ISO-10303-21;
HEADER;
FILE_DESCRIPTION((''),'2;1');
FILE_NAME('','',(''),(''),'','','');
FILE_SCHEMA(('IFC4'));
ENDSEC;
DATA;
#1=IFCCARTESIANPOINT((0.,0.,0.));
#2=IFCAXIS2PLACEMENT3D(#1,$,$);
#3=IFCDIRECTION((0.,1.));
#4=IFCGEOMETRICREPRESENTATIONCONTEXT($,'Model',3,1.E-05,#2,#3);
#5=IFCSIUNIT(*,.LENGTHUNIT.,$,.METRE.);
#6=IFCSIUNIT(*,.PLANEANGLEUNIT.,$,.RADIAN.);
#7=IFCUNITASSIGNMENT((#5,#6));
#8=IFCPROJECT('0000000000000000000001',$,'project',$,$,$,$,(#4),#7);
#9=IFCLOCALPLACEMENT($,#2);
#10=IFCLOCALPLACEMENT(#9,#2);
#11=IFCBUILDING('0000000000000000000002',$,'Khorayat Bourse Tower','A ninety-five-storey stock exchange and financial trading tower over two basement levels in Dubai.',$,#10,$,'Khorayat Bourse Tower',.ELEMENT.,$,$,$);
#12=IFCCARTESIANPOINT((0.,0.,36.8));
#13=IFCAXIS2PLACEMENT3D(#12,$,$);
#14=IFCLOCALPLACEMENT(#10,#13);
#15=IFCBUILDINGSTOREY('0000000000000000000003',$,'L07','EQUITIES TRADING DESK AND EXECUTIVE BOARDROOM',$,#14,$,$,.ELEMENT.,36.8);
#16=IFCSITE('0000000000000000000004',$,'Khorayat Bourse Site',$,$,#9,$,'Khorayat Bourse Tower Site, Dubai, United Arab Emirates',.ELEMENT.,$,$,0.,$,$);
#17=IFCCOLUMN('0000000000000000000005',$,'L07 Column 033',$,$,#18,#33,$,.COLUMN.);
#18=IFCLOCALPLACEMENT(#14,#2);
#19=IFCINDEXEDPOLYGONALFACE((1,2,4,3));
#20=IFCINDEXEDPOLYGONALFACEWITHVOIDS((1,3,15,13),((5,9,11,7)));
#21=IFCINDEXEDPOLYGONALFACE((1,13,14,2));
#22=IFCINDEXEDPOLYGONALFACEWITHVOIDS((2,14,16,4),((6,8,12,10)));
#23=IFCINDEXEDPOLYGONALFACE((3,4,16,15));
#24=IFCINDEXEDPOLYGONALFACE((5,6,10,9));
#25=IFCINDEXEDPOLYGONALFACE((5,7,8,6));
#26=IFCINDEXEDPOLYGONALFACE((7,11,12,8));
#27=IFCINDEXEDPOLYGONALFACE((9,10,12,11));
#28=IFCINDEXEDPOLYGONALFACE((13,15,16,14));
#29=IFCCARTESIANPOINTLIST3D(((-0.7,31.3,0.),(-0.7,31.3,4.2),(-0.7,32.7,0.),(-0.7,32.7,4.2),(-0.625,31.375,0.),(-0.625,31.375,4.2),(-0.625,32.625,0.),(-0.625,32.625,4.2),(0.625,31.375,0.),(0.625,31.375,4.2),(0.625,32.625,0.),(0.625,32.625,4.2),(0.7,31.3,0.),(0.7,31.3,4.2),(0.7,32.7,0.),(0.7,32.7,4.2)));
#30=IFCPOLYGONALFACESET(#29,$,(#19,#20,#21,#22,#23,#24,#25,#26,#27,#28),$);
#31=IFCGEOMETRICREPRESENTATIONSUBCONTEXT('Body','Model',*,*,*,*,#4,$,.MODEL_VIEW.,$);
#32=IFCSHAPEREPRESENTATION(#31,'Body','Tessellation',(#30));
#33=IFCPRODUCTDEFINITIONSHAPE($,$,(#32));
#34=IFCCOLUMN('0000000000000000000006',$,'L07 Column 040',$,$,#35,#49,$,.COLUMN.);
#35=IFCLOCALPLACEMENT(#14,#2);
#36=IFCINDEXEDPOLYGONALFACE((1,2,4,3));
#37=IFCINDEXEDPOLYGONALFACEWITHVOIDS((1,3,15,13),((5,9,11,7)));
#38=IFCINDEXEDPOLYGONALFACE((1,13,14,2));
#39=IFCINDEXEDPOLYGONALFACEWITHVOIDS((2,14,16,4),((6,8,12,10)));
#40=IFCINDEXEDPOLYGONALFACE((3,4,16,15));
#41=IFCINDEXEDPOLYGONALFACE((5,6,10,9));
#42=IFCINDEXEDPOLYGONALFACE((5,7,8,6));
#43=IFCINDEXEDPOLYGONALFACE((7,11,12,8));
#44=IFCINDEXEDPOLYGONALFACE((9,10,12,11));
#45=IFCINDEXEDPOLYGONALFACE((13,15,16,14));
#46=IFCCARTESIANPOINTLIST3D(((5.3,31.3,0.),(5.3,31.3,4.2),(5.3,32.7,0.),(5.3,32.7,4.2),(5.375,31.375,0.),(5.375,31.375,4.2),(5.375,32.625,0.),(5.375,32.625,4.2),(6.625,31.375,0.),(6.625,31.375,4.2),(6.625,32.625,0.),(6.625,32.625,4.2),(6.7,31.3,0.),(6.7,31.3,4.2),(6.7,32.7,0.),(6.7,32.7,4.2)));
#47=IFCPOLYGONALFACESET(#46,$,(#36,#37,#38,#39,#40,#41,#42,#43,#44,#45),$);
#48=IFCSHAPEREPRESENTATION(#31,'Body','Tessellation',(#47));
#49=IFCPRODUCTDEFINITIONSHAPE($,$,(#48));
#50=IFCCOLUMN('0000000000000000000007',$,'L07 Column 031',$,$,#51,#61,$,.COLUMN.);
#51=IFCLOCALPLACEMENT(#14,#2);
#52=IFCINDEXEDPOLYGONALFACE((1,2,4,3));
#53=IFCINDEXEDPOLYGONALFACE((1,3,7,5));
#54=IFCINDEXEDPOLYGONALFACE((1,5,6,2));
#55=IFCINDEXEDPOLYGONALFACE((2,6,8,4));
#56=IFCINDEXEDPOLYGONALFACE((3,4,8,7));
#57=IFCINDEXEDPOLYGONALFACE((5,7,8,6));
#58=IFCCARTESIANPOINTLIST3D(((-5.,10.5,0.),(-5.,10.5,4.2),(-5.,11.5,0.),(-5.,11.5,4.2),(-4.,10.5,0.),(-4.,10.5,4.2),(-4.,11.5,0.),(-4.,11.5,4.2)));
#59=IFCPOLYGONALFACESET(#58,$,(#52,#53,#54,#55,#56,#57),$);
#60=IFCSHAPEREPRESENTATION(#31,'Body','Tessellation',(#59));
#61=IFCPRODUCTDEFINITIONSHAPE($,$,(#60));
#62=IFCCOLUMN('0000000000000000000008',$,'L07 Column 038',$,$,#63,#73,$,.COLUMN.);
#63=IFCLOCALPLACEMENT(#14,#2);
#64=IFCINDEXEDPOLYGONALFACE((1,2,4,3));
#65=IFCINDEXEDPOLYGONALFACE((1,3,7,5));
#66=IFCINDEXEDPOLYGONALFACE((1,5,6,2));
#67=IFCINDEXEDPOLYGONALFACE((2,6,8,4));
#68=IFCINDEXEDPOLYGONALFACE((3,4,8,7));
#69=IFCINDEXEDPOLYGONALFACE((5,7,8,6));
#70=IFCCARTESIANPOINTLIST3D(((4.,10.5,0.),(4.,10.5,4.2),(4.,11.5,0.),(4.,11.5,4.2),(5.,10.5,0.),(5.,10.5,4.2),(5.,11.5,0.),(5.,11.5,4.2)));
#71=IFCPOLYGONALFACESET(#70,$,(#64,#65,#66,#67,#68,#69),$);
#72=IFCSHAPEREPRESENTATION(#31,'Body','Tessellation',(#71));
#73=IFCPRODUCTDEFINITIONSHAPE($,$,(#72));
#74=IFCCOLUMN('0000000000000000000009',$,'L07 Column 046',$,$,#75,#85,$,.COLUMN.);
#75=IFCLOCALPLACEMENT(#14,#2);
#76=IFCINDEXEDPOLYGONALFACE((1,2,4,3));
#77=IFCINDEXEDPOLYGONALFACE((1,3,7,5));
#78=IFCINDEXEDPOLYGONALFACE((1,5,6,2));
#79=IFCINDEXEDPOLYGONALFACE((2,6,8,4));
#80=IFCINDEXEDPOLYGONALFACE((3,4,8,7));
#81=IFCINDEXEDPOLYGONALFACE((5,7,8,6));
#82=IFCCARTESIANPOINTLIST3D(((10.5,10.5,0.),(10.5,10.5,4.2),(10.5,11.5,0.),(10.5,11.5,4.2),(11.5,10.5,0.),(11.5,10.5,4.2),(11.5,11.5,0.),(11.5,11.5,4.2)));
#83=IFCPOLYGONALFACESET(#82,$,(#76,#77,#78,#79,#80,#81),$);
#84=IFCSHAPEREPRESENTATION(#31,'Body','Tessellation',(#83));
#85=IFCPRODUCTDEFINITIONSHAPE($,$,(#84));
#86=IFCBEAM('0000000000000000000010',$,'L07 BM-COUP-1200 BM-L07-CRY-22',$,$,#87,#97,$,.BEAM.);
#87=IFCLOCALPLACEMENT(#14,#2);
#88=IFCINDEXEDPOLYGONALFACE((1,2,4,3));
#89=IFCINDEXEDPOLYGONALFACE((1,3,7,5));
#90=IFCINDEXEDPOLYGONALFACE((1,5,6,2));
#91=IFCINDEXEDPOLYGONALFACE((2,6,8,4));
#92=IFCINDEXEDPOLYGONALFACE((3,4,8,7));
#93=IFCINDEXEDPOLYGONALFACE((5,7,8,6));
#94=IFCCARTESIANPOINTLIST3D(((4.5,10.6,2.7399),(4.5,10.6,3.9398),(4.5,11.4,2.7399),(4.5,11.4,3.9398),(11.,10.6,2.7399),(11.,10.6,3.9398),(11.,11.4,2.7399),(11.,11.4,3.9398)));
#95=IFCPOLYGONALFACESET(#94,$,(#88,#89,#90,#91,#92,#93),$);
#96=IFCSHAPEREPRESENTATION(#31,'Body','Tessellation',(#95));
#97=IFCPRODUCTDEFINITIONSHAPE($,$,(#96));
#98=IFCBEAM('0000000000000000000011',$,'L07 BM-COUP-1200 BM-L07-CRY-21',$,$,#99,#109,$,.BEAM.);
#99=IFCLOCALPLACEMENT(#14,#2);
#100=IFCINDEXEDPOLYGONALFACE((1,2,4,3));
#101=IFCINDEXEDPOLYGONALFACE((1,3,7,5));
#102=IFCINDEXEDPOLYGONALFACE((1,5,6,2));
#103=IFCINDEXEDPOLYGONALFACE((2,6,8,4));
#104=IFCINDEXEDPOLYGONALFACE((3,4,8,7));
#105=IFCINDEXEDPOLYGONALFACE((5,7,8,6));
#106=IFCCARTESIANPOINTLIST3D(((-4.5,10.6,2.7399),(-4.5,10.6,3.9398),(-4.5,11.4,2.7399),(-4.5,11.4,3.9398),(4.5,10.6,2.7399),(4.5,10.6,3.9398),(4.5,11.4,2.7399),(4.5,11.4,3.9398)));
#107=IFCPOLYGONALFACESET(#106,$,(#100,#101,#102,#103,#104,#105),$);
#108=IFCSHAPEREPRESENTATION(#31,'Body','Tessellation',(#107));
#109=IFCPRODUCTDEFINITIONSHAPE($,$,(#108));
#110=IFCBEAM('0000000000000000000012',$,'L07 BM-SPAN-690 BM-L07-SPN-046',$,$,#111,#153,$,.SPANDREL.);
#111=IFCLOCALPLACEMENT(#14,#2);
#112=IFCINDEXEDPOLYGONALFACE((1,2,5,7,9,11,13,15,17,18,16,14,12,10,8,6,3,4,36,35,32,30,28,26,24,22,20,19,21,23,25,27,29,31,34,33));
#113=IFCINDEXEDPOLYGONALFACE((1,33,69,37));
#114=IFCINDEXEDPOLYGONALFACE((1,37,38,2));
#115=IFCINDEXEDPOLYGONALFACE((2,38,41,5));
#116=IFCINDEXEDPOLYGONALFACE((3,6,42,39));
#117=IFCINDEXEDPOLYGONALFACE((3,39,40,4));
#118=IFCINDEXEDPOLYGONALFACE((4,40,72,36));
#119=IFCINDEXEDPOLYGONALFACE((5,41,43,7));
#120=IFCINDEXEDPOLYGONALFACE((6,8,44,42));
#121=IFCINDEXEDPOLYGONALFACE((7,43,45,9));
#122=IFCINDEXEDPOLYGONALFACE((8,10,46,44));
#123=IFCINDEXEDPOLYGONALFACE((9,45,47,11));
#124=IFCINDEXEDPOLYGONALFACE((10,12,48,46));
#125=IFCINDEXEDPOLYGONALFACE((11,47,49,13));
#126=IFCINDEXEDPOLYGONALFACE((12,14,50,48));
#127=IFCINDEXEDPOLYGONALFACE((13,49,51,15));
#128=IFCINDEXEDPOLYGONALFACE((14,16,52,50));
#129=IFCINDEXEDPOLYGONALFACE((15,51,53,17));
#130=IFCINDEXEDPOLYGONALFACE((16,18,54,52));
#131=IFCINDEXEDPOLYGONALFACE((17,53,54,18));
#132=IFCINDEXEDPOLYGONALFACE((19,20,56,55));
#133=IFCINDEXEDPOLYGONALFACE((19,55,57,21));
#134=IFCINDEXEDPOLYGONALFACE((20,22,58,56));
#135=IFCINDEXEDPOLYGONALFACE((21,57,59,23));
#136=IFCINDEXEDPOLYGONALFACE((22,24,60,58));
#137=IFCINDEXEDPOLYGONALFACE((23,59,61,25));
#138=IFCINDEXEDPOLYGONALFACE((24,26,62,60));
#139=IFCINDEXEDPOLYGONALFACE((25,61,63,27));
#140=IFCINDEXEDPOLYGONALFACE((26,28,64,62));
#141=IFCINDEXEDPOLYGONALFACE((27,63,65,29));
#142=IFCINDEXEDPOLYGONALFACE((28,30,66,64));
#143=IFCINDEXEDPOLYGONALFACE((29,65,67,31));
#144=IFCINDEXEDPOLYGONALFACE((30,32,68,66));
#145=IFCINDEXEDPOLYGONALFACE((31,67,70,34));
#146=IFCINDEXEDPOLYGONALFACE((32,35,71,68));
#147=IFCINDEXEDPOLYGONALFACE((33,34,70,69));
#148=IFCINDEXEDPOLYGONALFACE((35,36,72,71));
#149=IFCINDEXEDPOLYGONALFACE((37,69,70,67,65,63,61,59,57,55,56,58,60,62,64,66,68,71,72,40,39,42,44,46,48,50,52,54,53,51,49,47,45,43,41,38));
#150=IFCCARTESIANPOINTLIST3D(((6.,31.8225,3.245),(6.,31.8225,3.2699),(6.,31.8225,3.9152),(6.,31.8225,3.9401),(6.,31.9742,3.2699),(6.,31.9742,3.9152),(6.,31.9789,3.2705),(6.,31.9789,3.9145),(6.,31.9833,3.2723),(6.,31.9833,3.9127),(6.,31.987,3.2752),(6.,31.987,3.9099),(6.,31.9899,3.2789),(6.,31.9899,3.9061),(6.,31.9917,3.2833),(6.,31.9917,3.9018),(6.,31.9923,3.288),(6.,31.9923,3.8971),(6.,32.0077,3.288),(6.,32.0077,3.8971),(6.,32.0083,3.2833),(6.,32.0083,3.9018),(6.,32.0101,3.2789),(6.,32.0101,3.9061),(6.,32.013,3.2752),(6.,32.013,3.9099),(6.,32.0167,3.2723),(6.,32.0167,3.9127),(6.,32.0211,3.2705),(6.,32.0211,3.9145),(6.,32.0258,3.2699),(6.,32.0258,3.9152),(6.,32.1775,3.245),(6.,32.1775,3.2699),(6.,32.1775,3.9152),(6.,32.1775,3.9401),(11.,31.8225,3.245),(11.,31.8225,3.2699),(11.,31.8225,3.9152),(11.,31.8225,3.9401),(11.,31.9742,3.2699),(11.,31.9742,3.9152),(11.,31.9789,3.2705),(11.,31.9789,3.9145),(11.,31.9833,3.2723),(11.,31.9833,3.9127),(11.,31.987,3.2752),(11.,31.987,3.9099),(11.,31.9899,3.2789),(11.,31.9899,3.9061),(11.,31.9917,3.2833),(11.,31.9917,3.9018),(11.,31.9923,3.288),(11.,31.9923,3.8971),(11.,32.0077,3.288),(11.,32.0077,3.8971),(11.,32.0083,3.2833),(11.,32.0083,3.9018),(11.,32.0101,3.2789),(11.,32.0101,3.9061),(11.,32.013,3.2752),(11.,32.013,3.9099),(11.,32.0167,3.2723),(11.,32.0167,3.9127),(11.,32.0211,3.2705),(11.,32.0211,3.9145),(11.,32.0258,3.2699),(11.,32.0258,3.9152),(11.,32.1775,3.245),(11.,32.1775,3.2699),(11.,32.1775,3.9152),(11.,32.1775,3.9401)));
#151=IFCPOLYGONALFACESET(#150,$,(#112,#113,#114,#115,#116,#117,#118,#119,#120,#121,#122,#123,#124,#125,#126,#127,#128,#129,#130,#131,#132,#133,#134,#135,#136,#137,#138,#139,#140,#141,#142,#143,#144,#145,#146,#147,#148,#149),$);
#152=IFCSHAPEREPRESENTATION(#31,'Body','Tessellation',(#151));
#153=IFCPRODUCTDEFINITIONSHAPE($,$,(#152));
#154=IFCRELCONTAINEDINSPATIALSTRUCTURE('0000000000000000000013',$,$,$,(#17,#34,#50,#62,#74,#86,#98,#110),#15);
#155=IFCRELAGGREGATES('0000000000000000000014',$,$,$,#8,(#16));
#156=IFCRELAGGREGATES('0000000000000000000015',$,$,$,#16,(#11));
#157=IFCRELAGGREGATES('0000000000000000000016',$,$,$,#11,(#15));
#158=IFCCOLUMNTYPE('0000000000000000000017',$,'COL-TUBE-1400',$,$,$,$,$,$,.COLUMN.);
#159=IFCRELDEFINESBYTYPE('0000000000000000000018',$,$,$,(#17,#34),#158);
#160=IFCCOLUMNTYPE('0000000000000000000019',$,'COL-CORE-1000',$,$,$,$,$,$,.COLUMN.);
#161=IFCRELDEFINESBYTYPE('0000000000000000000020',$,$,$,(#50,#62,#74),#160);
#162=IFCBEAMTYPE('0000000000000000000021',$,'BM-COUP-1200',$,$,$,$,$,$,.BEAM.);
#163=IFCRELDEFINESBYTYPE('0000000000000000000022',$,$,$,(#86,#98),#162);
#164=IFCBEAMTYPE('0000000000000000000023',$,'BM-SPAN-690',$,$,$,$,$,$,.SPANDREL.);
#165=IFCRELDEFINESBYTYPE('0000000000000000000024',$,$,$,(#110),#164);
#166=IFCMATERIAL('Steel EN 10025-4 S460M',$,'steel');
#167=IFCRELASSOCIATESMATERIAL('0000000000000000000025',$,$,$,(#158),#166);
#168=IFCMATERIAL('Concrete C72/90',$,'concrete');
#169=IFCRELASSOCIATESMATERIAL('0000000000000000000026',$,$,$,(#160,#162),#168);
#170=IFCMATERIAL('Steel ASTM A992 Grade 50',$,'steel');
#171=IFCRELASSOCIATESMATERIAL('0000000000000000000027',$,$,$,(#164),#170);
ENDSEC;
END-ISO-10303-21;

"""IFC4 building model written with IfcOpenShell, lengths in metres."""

from ifc_helpers import new_model, si_unit, direction, frame, origin, origin_2d, place, context, subcontext, project, spatial, rectangle, hollow_rectangle, i_section, extrude, source, transform, mapped, material, material_profile, profile_set, type_object, element, save


model = new_model("IFC4")

# Units and contexts
model_context = context("Model", 3, precision=1e-05, world=origin(), true_north=direction((0.0, 1.0)))
body_context = subcontext(model_context, "Body", "Model", "MODEL_VIEW")
ifc_project = project(units=[si_unit("LENGTHUNIT", "METRE"), si_unit("PLANEANGLEUNIT", "RADIAN")], contexts=[model_context])

# Site, building, storey
site_placement = place(None, origin())
site = spatial("IfcSite", under=ifc_project, at=site_placement, Name="Khorayat Bourse Site", LongName="Khorayat Bourse Tower Site, Dubai, United Arab Emirates", CompositionType="ELEMENT", RefElevation=0.0)
building_placement = place(site_placement, origin())
building = spatial("IfcBuilding", under=site, at=building_placement, Name="Khorayat Bourse Tower", Description="A ninety-five-storey stock exchange and financial trading tower over two basement levels in Dubai.", LongName="Khorayat Bourse Tower", CompositionType="ELEMENT")
storey_placement = place(building_placement, frame((0.0, 0.0, 36.8)))
storey = spatial("IfcBuildingStorey", under=building, at=storey_placement, Name="L07", Description="EQUITIES TRADING DESK AND EXECUTIVE BOARDROOM", CompositionType="ELEMENT", Elevation=36.8)

# Columns
ifc_material_1 = material(Name="Steel EN 10025-4 S460M", Category="steel")
ifc_material_profile_1 = material_profile(ifc_material_1, hollow_rectangle(XDim=1.3999, YDim=1.3999, WallThickness=0.075, at=origin_2d()), Name="BOX 1400x1400x75")
ifc_profile_set_1 = profile_set([ifc_material_profile_1], Name="Steel EN 10025-4 S460M")
column_type_1 = type_object("IfcColumnType", Name="COL-TUBE-1400", PredefinedType="COLUMN", material=ifc_profile_set_1)
shared_shape_1 = source(origin(), body_context, "Body", "SweptSolid", [
    extrude(hollow_rectangle(XDim=1.3999, YDim=1.3999, WallThickness=0.075, at=origin_2d()), origin(), (0.0, 0.0, 1.0), 4.2),
])
for number, where, z_axis, x_axis, name in (
    (1, (0.0, 32.0, 0.0), (0.0, 0.0, 1.0), (1.0, 0.0, 0.0), "L07 Column 033"),
    (2, (6.0, 32.0, 0.0), (0.0, 0.0, 1.0), (1.0, 0.0, 0.0), "L07 Column 040"),
):
    element("IfcColumn", number, at=place(storey_placement, frame(where, z_axis=z_axis, x_axis=x_axis)), inside=storey, type_object=column_type_1, Name=name, PredefinedType="COLUMN", context=body_context, shape_type="MappedRepresentation", body=[
        mapped(shared_shape_1, transform((0.0, 0.0, 0.0), scale=1.0)),
    ])
ifc_material_2 = material(Name="Concrete C72/90", Category="concrete")
ifc_material_profile_2 = material_profile(ifc_material_2, rectangle(XDim=1.0, YDim=1.0, at=origin_2d()), Name="RC 1000x1000")
ifc_profile_set_2 = profile_set([ifc_material_profile_2], Name="Concrete C72/90")
column_type_2 = type_object("IfcColumnType", Name="COL-CORE-1000", PredefinedType="COLUMN", material=ifc_profile_set_2)
shared_shape_2 = source(origin(), body_context, "Body", "SweptSolid", [
    extrude(rectangle(XDim=1.0, YDim=1.0, at=origin_2d()), origin(), (0.0, 0.0, 1.0), 4.2),
])
for number, where, z_axis, x_axis, name in (
    (3, (-4.5, 11.0, 0.0), (0.0, 0.0, 1.0), (1.0, 0.0, 0.0), "L07 Column 031"),
    (4, (4.5, 11.0, 0.0), (0.0, 0.0, 1.0), (1.0, 0.0, 0.0), "L07 Column 038"),
    (5, (11.0, 11.0, 0.0), (0.0, 0.0, 1.0), (1.0, 0.0, 0.0), "L07 Column 046"),
):
    element("IfcColumn", number, at=place(storey_placement, frame(where, z_axis=z_axis, x_axis=x_axis)), inside=storey, type_object=column_type_2, Name=name, PredefinedType="COLUMN", context=body_context, shape_type="MappedRepresentation", body=[
        mapped(shared_shape_2, transform((0.0, 0.0, 0.0), scale=1.0)),
    ])

# Beams
ifc_material_profile_3 = material_profile(ifc_material_2, rectangle(XDim=0.8, YDim=1.2, at=origin_2d()), Name="RC 800x1200")
ifc_profile_set_3 = profile_set([ifc_material_profile_3], Name="Concrete C72/90")
beam_type_1 = type_object("IfcBeamType", Name="BM-COUP-1200", PredefinedType="BEAM", material=ifc_profile_set_3)
shared_shape_3 = source(origin(), body_context, "Body", "SweptSolid", [
    extrude(rectangle(XDim=0.8, YDim=1.2, at=origin_2d()), origin(), (0.0, 0.0, 1.0), 6.5),
])
beam_1_placement = place(storey_placement, frame((4.5, 11.0, 3.3398), z_axis=(1.0, 0.0, 0.0), x_axis=(0.0, 1.0, 0.0)))
element("IfcBeam", 6, at=beam_1_placement, inside=storey, type_object=beam_type_1, Name="L07 BM-COUP-1200 BM-L07-CRY-22", PredefinedType="BEAM", context=body_context, shape_type="MappedRepresentation", body=[
    mapped(shared_shape_3, transform((0.0, 0.0, 0.0), scale=1.0)),
])
shared_shape_4 = source(origin(), body_context, "Body", "SweptSolid", [
    extrude(rectangle(XDim=0.8, YDim=1.2, at=origin_2d()), origin(), (0.0, 0.0, 1.0), 9.0),
])
beam_2_placement = place(storey_placement, frame((-4.5, 11.0, 3.3398), z_axis=(1.0, 0.0, 0.0), x_axis=(0.0, 1.0, 0.0)))
element("IfcBeam", 7, at=beam_2_placement, inside=storey, type_object=beam_type_1, Name="L07 BM-COUP-1200 BM-L07-CRY-21", PredefinedType="BEAM", context=body_context, shape_type="MappedRepresentation", body=[
    mapped(shared_shape_4, transform((0.0, 0.0, 0.0), scale=1.0)),
])
ifc_material_3 = material(Name="Steel ASTM A992 Grade 50", Category="steel")
ifc_material_profile_4 = material_profile(ifc_material_3, i_section(OverallWidth=0.355, OverallDepth=0.6951, WebThickness=0.0154, FlangeThickness=0.0249, FilletRadius=0.0181, at=origin_2d()), Name="W690X217")
ifc_profile_set_4 = profile_set([ifc_material_profile_4], Name="Steel ASTM A992 Grade 50")
beam_type_2 = type_object("IfcBeamType", Name="BM-SPAN-690", PredefinedType="SPANDREL", material=ifc_profile_set_4)
shared_shape_5 = source(origin(), body_context, "Body", "SweptSolid", [
    extrude(i_section(OverallWidth=0.355, OverallDepth=0.6951, WebThickness=0.0154, FlangeThickness=0.0249, FilletRadius=0.0181, at=origin_2d()), origin(), (0.0, 0.0, 1.0), 5.0),
])
beam_3_placement = place(storey_placement, frame((6.0, 32.0, 3.5925), z_axis=(1.0, 0.0, 0.0), x_axis=(0.0, 1.0, 0.0)))
element("IfcBeam", 8, at=beam_3_placement, inside=storey, type_object=beam_type_2, Name="L07 BM-SPAN-690 BM-L07-SPN-046", PredefinedType="SPANDREL", context=body_context, shape_type="MappedRepresentation", body=[
    mapped(shared_shape_5, transform((0.0, 0.0, 0.0), scale=1.0)),
])

save(model, "model.ifc")
